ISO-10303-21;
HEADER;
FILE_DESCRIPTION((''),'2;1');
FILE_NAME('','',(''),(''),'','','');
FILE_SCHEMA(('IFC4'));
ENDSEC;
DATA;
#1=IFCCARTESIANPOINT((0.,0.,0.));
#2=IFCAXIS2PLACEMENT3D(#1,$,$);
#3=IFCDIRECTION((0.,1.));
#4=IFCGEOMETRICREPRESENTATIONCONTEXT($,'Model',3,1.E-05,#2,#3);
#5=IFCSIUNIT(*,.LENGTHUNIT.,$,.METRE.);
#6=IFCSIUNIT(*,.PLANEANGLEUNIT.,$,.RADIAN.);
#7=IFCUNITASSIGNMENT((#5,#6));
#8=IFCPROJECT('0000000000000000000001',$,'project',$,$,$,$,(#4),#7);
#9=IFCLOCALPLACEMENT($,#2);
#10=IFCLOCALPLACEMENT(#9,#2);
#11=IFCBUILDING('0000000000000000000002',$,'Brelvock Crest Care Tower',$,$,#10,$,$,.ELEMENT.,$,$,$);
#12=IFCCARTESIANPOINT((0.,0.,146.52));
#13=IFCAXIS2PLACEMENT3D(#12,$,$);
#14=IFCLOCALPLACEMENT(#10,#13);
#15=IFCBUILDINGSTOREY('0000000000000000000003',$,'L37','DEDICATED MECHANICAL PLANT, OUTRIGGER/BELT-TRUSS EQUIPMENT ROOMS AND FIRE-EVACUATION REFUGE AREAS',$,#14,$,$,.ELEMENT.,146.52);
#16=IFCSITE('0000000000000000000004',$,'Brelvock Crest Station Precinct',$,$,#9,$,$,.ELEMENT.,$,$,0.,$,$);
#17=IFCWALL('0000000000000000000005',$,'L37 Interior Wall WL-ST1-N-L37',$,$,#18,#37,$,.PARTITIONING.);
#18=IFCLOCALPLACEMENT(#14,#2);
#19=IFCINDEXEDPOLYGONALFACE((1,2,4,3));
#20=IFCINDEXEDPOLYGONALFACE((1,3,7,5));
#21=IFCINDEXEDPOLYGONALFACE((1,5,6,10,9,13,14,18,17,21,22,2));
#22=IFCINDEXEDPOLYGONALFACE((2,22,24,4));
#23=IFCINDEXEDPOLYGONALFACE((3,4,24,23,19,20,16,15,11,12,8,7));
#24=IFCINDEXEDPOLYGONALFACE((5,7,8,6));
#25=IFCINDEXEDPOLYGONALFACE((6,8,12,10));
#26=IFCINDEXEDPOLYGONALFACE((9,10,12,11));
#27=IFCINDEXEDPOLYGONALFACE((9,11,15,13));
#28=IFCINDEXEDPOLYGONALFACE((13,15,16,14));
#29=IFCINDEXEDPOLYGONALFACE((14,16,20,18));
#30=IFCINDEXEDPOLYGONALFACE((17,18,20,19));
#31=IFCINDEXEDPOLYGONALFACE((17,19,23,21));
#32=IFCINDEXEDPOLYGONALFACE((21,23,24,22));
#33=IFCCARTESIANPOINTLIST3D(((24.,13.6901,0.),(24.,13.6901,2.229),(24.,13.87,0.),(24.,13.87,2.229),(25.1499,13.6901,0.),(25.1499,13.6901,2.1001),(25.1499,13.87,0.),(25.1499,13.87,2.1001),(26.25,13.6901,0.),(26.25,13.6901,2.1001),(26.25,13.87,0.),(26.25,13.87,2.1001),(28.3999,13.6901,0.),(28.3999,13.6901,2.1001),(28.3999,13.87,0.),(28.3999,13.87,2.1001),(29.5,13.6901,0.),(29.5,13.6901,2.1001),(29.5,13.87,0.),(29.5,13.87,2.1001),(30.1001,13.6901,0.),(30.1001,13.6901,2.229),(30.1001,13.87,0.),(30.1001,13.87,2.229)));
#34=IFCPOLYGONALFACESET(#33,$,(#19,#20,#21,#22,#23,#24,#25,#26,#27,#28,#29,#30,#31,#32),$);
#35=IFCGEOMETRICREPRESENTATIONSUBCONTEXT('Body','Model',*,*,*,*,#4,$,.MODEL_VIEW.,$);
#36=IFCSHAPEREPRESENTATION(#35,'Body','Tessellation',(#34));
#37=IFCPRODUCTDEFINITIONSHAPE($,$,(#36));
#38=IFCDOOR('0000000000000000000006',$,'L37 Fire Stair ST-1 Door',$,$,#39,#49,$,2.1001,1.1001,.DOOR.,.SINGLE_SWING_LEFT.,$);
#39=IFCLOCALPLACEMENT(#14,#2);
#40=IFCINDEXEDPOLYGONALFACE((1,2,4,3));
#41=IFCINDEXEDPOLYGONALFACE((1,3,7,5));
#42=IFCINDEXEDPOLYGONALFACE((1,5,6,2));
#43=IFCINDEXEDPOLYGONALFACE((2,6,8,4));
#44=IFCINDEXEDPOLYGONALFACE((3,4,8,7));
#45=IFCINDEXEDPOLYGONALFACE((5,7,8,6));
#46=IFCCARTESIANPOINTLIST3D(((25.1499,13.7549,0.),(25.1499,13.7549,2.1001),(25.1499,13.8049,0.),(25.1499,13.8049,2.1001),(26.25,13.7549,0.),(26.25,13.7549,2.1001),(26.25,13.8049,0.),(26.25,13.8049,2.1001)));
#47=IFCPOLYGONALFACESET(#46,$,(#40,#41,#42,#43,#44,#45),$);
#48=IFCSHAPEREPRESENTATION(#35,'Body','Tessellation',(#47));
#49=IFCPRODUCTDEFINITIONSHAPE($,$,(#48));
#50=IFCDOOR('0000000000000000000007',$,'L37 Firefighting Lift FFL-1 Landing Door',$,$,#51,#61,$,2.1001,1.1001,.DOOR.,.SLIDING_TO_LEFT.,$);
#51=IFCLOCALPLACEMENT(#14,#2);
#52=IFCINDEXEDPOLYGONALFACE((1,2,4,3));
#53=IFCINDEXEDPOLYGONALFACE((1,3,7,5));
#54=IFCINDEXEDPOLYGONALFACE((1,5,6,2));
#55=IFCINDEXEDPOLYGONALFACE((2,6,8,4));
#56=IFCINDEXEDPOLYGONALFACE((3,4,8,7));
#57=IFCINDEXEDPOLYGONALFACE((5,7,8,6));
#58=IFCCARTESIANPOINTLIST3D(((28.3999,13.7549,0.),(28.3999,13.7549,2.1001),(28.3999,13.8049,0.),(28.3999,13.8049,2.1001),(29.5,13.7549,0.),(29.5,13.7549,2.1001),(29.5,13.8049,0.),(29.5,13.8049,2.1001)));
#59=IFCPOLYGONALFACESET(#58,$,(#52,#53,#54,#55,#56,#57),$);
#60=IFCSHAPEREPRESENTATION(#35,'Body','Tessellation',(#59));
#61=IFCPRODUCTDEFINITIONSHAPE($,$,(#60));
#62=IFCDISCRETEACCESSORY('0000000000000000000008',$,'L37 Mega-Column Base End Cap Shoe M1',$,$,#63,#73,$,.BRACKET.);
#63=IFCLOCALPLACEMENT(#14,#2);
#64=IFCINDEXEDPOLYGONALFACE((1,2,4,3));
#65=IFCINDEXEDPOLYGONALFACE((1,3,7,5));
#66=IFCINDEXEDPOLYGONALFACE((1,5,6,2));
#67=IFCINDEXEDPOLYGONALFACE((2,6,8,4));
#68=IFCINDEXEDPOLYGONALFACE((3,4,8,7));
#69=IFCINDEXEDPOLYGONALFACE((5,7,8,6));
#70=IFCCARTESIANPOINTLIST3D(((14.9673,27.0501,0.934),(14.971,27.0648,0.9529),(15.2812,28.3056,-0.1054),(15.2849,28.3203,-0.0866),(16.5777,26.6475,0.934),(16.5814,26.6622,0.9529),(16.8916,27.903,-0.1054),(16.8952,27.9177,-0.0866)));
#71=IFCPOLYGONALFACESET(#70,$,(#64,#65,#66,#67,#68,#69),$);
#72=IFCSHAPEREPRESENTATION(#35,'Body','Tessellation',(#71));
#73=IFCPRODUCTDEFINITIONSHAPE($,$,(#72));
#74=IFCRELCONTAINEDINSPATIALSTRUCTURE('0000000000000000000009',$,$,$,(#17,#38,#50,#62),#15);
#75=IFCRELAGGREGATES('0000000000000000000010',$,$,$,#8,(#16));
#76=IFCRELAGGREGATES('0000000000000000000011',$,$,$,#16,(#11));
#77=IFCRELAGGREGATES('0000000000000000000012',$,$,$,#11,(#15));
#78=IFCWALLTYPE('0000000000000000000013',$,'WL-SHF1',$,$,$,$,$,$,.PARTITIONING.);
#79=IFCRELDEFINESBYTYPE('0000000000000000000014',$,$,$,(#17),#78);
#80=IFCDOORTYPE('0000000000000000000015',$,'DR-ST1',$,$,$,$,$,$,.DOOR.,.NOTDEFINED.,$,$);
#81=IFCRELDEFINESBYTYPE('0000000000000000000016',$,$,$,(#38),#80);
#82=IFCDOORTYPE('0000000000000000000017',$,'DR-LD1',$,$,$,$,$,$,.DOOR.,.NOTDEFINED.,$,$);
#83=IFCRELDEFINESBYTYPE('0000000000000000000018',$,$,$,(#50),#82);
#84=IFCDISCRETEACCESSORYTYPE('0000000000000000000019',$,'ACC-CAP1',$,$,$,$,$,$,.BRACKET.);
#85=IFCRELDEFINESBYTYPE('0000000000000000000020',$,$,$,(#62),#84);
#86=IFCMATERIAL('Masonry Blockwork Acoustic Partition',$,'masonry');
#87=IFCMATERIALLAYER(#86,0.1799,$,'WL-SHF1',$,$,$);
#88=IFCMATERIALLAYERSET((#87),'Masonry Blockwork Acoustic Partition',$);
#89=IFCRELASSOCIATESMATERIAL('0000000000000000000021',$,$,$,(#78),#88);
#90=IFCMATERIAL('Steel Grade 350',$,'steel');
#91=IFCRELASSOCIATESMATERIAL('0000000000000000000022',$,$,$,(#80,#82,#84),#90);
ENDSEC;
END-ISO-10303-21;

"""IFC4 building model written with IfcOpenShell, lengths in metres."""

from ifc_helpers import new_model, si_unit, direction, frame, frame_2d, origin, origin_2d, place, context, subcontext, project, spatial, rectangle, extrude, source, transform, mapped, material, layer, layer_set, material_profile, profile_set, type_object, element, fill, save


model = new_model("IFC4")

# Units and contexts
model_context = context("Model", 3, precision=1e-05, world=origin(), true_north=direction((0.0, 1.0)))
body_context = subcontext(model_context, "Body", "Model", "MODEL_VIEW")
ifc_project = project(units=[si_unit("LENGTHUNIT", "METRE"), si_unit("PLANEANGLEUNIT", "RADIAN")], contexts=[model_context])

# Site, building, storey
site_placement = place(None, origin())
site = spatial("IfcSite", under=ifc_project, at=site_placement, Name="Brelvock Crest Station Precinct", CompositionType="ELEMENT", RefElevation=0.0)
building_placement = place(site_placement, origin())
building = spatial("IfcBuilding", under=site, at=building_placement, Name="Brelvock Crest Care Tower", CompositionType="ELEMENT")
storey_placement = place(building_placement, frame((0.0, 0.0, 146.52)))
storey = spatial("IfcBuildingStorey", under=building, at=storey_placement, Name="L37", Description="DEDICATED MECHANICAL PLANT, OUTRIGGER/BELT-TRUSS EQUIPMENT ROOMS AND FIRE-EVACUATION REFUGE AREAS", CompositionType="ELEMENT", Elevation=146.52)

# Shared definitions
ifc_material_1 = material(Name="Steel Grade 350", Category="steel")

# Shared definitions
ifc_material_2 = material(Name="Masonry Blockwork Acoustic Partition", Category="masonry")

# Wall, openings, doors
ifc_layer_1 = layer(ifc_material_2, 0.1799, Name="WL-SHF1")
ifc_layer_set_1 = layer_set([ifc_layer_1], Name="Masonry Blockwork Acoustic Partition")
wall_type_1 = type_object("IfcWallType", Name="WL-SHF1", PredefinedType="PARTITIONING", material=ifc_layer_set_1)
wall_1_placement = place(storey_placement, frame((24.0, 13.78, 0.0), z_axis=(0.0, 0.0, 1.0), x_axis=(1.0, 0.0, 0.0)))
wall_1 = element("IfcWall", 1, at=wall_1_placement, inside=storey, type_object=wall_type_1, Name="L37 Interior Wall WL-ST1-N-L37", PredefinedType="PARTITIONING", context=body_context, shape_type="SweptSolid", body=[
    extrude(rectangle(XDim=6.1001, YDim=0.1799, at=frame_2d((3.05, 0.0))), origin(), (0.0, 0.0, 1.0), 2.229),
])
opening_1_placement = place(wall_1_placement, frame((1.1499, 0.0, 0.0)))
opening_1 = element("IfcOpeningElement", 2, at=opening_1_placement, cuts=wall_1, PredefinedType="OPENING", context=body_context, shape_type="SweptSolid", body=[
    extrude(rectangle(XDim=1.1001, YDim=2.1001, at=origin_2d()), frame((0.55, 0.1001, 1.05), z_axis=(0.0, -1.0, 0.0), x_axis=(1.0, 0.0, 0.0)), (0.0, 0.0, 1.0), 0.2),
])
opening_2_placement = place(wall_1_placement, frame((4.3999, 0.0, 0.0)))
opening_2 = element("IfcOpeningElement", 3, at=opening_2_placement, cuts=wall_1, PredefinedType="OPENING", context=body_context, shape_type="SweptSolid", body=[
    extrude(rectangle(XDim=1.1001, YDim=2.1001, at=origin_2d()), frame((0.55, 0.1001, 1.05), z_axis=(0.0, -1.0, 0.0), x_axis=(1.0, 0.0, 0.0)), (0.0, 0.0, 1.0), 0.2),
])
door_type_1 = type_object("IfcDoorType", Name="DR-ST1", OperationType="NOTDEFINED", PredefinedType="DOOR", material=ifc_material_1)
shared_shape_1 = source(origin(), body_context, "Body", "SweptSolid", [
    extrude(rectangle(XDim=1.1001, YDim=2.1001, at=origin_2d()), frame((0.55, 0.0249, 1.05), z_axis=(0.0, -1.0, 0.0), x_axis=(1.0, 0.0, 0.0)), (0.0, 0.0, 1.0), 0.05),
])
door_1_placement = place(opening_1_placement, origin())
door_1 = element("IfcDoor", 4, at=door_1_placement, inside=storey, type_object=door_type_1, Name="L37 Fire Stair ST-1 Door", OperationType="SINGLE_SWING_LEFT", OverallHeight=2.1001, OverallWidth=1.1001, PredefinedType="DOOR", context=body_context, shape_type="MappedRepresentation", body=[
    mapped(shared_shape_1, transform((0.0, 0.0, 0.0), x_axis=(1.0, 0.0, 0.0), y_axis=(0.0, 1.0, 0.0), z_axis=(0.0, 0.0, 1.0), scale=1.0)),
])
fill(opening_1, door_1)
door_type_2 = type_object("IfcDoorType", Name="DR-LD1", OperationType="NOTDEFINED", PredefinedType="DOOR", material=ifc_material_1)
shared_shape_2 = source(origin(), body_context, "Body", "SweptSolid", [
    extrude(rectangle(XDim=1.1001, YDim=2.1001, at=origin_2d()), frame((0.55, 0.0249, 1.05), z_axis=(0.0, -1.0, 0.0), x_axis=(1.0, 0.0, 0.0)), (0.0, 0.0, 1.0), 0.05),
])
door_2_placement = place(opening_2_placement, origin())
door_2 = element("IfcDoor", 5, at=door_2_placement, inside=storey, type_object=door_type_2, Name="L37 Firefighting Lift FFL-1 Landing Door", OperationType="SLIDING_TO_LEFT", OverallHeight=2.1001, OverallWidth=1.1001, PredefinedType="DOOR", context=body_context, shape_type="MappedRepresentation", body=[
    mapped(shared_shape_2, transform((0.0, 0.0, 0.0), x_axis=(1.0, 0.0, 0.0), y_axis=(0.0, 1.0, 0.0), z_axis=(0.0, 0.0, 1.0), scale=1.0)),
])
fill(opening_2, door_2)

# Discrete accessory
ifc_material_profile_1 = material_profile(ifc_material_1, rectangle(XDim=1.6599, YDim=1.6599, at=origin_2d()), Name="ACC-CAP1")
ifc_profile_set_1 = profile_set([ifc_material_profile_1], Name="Steel Grade 350")
discrete_accessory_type = type_object("IfcDiscreteAccessoryType", Name="ACC-CAP1", PredefinedType="BRACKET", material=ifc_profile_set_1)
shared_shape_3 = source(origin(), body_context, "Body", "SweptSolid", [
    extrude(rectangle(XDim=1.6599, YDim=1.6599, at=origin_2d()), origin(), (0.0, 0.0, 1.0), 0.0242),
])
discrete_accessory_placement = place(storey_placement, frame((15.9294, 27.4766, 0.4143), z_axis=(0.15188, 0.607519, 0.779649), x_axis=(-0.970143, 0.242536, 0.0)))
element("IfcDiscreteAccessory", 6, at=discrete_accessory_placement, inside=storey, type_object=discrete_accessory_type, Name="L37 Mega-Column Base End Cap Shoe M1", PredefinedType="BRACKET", context=body_context, shape_type="MappedRepresentation", body=[
    mapped(shared_shape_3, transform((0.0, 0.0, 0.0), x_axis=(1.0, 0.0, 0.0), y_axis=(0.0, 1.0, 0.0), z_axis=(0.0, 0.0, 1.0), scale=1.0)),
])

save(model, "model.ifc")
